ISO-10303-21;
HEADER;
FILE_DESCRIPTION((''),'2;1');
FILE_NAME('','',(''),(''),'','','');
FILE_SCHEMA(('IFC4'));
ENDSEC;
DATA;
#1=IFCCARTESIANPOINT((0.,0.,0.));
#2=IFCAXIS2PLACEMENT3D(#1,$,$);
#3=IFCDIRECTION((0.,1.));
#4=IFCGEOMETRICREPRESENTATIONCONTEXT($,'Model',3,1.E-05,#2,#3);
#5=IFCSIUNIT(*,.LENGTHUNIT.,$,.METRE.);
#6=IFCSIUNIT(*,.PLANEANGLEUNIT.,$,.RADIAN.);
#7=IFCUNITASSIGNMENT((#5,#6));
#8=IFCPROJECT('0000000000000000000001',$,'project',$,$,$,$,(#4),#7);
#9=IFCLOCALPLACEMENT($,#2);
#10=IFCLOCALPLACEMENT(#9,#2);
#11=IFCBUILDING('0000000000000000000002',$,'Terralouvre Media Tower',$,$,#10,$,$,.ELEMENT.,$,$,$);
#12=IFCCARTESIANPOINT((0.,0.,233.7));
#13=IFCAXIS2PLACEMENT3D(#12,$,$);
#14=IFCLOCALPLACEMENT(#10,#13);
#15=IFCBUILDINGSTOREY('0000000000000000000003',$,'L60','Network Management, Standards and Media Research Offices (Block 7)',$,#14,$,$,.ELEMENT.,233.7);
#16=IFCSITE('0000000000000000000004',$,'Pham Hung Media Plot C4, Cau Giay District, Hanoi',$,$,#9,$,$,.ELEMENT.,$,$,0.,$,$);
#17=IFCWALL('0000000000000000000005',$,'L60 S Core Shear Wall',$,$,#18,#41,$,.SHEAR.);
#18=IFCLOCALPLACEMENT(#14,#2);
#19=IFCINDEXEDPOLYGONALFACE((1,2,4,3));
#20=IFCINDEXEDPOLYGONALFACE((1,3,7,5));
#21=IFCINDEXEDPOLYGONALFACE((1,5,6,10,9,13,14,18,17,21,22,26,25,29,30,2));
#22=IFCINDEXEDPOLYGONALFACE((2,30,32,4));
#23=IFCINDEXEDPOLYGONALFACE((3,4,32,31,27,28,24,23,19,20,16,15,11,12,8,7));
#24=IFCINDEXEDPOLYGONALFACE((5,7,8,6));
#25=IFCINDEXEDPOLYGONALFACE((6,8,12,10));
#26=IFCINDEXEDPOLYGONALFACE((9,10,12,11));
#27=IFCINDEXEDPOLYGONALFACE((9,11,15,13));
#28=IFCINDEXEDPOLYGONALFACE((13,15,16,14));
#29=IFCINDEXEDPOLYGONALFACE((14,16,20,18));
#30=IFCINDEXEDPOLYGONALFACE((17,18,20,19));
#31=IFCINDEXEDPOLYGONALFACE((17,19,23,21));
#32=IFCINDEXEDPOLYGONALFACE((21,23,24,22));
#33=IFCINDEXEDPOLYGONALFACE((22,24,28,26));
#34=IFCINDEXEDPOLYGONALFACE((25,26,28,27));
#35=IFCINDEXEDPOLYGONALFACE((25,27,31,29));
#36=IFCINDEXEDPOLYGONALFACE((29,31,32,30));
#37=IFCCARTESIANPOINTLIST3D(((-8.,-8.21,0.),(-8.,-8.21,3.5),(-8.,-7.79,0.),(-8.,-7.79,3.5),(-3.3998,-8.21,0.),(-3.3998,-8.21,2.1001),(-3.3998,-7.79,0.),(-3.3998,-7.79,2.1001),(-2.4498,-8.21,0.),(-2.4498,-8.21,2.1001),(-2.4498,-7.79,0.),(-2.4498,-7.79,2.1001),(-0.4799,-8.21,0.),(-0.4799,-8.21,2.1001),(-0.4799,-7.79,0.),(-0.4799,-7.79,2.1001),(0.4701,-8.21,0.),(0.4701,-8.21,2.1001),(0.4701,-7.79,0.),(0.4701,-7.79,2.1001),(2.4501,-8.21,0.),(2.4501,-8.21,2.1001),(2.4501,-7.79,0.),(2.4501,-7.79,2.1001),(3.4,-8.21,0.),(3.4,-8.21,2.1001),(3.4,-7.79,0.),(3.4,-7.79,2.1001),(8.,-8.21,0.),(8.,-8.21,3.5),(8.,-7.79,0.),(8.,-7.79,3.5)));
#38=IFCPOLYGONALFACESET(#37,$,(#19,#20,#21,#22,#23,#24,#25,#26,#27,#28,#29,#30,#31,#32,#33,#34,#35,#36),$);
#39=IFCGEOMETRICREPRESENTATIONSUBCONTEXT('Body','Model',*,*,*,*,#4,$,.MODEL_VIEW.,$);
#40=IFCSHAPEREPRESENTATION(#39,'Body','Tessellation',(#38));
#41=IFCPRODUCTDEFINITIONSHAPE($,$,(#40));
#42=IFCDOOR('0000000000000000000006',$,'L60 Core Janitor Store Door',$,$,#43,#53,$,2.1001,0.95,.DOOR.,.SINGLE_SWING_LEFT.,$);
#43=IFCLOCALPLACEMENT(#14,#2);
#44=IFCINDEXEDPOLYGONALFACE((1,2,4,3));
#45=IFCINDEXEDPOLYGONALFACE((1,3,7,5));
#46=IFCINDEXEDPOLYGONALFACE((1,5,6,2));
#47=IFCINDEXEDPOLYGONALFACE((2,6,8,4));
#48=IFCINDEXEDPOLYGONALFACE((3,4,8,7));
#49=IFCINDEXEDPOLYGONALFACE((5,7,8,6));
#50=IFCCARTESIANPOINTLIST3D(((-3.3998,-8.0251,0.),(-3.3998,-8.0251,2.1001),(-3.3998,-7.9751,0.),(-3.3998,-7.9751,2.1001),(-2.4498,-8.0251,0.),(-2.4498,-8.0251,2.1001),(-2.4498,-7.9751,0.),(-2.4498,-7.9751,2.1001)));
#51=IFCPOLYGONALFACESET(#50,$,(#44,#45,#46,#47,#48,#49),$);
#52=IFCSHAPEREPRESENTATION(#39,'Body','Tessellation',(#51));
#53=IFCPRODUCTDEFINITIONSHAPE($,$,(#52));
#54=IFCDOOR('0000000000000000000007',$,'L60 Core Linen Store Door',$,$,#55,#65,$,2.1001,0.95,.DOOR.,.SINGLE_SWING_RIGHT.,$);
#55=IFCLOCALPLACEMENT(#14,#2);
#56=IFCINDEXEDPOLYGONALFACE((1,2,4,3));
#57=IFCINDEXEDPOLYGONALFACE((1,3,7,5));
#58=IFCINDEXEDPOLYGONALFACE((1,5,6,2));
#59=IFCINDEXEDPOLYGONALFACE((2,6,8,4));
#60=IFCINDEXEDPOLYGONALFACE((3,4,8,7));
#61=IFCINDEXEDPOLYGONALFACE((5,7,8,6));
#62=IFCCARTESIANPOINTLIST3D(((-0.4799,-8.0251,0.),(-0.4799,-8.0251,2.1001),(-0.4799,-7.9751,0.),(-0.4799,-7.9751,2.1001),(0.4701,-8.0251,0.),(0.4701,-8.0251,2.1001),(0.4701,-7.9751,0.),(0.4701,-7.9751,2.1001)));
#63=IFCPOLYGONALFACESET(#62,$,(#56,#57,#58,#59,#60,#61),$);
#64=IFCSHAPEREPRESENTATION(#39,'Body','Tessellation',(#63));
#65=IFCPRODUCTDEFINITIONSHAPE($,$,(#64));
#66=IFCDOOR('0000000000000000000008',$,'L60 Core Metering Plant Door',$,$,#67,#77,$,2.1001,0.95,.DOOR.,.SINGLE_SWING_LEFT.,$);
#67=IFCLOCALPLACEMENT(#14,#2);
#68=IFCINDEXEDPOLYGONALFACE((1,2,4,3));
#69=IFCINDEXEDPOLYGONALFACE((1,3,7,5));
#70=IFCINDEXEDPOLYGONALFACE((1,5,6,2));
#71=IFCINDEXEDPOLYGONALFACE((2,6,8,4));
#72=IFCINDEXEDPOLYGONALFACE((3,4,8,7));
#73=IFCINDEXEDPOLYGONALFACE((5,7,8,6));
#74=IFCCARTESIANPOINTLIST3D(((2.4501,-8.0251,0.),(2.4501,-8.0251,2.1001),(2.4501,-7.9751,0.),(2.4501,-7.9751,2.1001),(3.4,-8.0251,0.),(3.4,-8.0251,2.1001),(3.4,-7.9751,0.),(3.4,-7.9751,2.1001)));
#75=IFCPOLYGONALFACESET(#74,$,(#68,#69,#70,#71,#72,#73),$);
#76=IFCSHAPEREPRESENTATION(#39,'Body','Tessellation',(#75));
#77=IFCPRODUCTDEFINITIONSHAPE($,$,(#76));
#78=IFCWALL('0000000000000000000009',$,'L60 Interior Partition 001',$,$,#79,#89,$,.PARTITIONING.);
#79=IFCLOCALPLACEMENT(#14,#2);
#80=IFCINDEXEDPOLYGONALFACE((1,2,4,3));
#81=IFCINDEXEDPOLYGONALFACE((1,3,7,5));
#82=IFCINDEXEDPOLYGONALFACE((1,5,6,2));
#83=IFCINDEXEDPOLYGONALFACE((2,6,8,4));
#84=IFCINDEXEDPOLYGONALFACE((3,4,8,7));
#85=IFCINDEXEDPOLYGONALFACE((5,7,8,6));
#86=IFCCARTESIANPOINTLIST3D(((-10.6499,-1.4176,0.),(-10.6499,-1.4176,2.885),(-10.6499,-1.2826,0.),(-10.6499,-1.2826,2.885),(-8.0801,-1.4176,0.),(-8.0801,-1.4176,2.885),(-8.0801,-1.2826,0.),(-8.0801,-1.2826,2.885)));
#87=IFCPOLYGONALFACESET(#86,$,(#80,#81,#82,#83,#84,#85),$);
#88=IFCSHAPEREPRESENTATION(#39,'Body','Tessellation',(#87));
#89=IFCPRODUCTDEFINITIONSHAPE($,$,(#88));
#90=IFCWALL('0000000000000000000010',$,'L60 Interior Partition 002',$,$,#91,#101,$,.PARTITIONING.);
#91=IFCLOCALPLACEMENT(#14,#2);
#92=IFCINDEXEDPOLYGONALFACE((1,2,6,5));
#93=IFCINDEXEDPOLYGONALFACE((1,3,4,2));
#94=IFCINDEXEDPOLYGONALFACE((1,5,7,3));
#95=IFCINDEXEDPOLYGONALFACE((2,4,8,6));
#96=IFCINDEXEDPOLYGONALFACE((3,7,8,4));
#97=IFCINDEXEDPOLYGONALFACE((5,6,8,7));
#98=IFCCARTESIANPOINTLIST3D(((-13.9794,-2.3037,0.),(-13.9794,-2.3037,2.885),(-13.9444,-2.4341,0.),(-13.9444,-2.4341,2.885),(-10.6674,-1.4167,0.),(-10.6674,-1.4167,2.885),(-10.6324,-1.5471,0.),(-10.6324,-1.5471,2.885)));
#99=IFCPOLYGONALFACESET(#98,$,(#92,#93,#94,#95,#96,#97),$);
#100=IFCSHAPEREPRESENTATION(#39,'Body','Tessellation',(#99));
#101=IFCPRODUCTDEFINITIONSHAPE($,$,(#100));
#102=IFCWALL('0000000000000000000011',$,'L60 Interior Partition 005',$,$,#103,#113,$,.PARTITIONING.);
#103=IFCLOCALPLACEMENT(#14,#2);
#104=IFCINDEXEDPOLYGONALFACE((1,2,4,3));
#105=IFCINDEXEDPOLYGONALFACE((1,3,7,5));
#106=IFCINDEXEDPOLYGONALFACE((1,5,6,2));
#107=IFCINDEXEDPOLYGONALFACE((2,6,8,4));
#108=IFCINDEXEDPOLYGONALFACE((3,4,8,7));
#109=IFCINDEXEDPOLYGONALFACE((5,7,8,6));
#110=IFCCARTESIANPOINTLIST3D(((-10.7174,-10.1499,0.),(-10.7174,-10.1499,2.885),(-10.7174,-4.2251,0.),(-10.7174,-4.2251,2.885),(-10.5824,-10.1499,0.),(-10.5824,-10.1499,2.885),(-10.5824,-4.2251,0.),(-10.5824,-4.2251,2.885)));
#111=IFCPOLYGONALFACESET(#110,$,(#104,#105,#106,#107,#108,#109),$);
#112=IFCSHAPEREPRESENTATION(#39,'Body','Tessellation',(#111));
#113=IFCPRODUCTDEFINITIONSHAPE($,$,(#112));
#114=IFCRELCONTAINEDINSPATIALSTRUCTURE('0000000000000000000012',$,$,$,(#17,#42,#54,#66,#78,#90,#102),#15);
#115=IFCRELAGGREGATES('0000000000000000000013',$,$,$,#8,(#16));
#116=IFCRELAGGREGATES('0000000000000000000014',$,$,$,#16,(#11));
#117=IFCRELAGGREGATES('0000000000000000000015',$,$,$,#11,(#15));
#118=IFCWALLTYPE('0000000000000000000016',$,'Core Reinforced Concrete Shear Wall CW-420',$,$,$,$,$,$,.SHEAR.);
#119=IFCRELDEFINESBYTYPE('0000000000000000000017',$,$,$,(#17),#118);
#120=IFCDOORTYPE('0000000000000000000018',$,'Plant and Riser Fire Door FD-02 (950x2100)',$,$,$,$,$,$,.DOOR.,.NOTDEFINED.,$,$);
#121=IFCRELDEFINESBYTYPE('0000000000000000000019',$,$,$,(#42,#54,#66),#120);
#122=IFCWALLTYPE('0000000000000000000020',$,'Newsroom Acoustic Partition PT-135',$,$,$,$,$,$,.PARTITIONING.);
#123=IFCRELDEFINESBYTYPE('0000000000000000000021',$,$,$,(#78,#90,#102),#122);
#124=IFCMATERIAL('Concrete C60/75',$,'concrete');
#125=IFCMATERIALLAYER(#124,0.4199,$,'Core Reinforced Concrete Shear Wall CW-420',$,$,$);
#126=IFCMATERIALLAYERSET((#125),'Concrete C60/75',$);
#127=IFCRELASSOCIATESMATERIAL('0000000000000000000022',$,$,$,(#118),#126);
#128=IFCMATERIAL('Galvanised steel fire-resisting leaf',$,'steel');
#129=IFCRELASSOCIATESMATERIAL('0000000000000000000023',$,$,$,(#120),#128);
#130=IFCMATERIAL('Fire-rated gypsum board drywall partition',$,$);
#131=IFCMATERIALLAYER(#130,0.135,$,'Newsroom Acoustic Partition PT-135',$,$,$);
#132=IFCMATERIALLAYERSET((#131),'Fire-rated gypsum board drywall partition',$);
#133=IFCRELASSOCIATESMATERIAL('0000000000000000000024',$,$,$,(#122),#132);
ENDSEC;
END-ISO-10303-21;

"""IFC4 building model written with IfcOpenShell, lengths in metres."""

from ifc_helpers import new_model, si_unit, direction, frame, frame_2d, origin, place, context, subcontext, project, spatial, rectangle, extrude, material, layer, layer_set, type_object, element, fill, save


model = new_model("IFC4")

# Units and contexts
model_context = context("Model", 3, precision=1e-05, world=origin(), true_north=direction((0.0, 1.0)))
body_context = subcontext(model_context, "Body", "Model", "MODEL_VIEW")
ifc_project = project(units=[si_unit("LENGTHUNIT", "METRE"), si_unit("PLANEANGLEUNIT", "RADIAN")], contexts=[model_context])

# Site, building, storey
site_placement = place(None, origin())
site = spatial("IfcSite", under=ifc_project, at=site_placement, Name="Pham Hung Media Plot C4, Cau Giay District, Hanoi", CompositionType="ELEMENT", RefElevation=0.0)
building_placement = place(site_placement, origin())
building = spatial("IfcBuilding", under=site, at=building_placement, Name="Terralouvre Media Tower", CompositionType="ELEMENT")
storey_placement = place(building_placement, frame((0.0, 0.0, 233.7)))
storey = spatial("IfcBuildingStorey", under=building, at=storey_placement, Name="L60", Description="Network Management, Standards and Media Research Offices (Block 7)", CompositionType="ELEMENT", Elevation=233.7)

# Wall, openings, doors
ifc_material_1 = material(Name="Concrete C60/75", Category="concrete")
ifc_layer_1 = layer(ifc_material_1, 0.4199, Name="Core Reinforced Concrete Shear Wall CW-420")
ifc_layer_set_1 = layer_set([ifc_layer_1], Name="Concrete C60/75")
wall_type_1 = type_object("IfcWallType", Name="Core Reinforced Concrete Shear Wall CW-420", PredefinedType="SHEAR", material=ifc_layer_set_1)
wall_1_placement = place(storey_placement, frame((-8.0, -8.0, 0.0), z_axis=(0.0, 0.0, 1.0), x_axis=(1.0, 0.0, 0.0)))
wall_1 = element("IfcWall", 1, at=wall_1_placement, inside=storey, type_object=wall_type_1, Name="L60 S Core Shear Wall", PredefinedType="SHEAR", context=body_context, shape_type="SweptSolid", body=[
    extrude(rectangle(XDim=16.0, YDim=0.4199, at=frame_2d((8.0, 0.0))), origin(), (0.0, 0.0, 1.0), 3.5),
])
opening_1_placement = place(wall_1_placement, frame((4.6001, 0.0, 0.0)))
opening_1 = element("IfcOpeningElement", 2, at=opening_1_placement, cuts=wall_1, PredefinedType="OPENING", context=body_context, shape_type="SweptSolid", body=[
    extrude(rectangle(XDim=0.95, YDim=2.1001, at=frame_2d((0.4751, 1.05))), frame((0.0, 0.22, 0.0), z_axis=(0.0, -1.0, 0.0), x_axis=(1.0, 0.0, 0.0)), (0.0, 0.0, 1.0), 0.4399),
])
opening_2_placement = place(wall_1_placement, frame((7.52, 0.0, 0.0)))
opening_2 = element("IfcOpeningElement", 3, at=opening_2_placement, cuts=wall_1, PredefinedType="OPENING", context=body_context, shape_type="SweptSolid", body=[
    extrude(rectangle(XDim=0.95, YDim=2.1001, at=frame_2d((0.4751, 1.05))), frame((0.0, 0.22, 0.0), z_axis=(0.0, -1.0, 0.0), x_axis=(1.0, 0.0, 0.0)), (0.0, 0.0, 1.0), 0.4399),
])
opening_3_placement = place(wall_1_placement, frame((10.45, 0.0, 0.0)))
opening_3 = element("IfcOpeningElement", 4, at=opening_3_placement, cuts=wall_1, PredefinedType="OPENING", context=body_context, shape_type="SweptSolid", body=[
    extrude(rectangle(XDim=0.95, YDim=2.1001, at=frame_2d((0.4751, 1.05))), frame((0.0, 0.22, 0.0), z_axis=(0.0, -1.0, 0.0), x_axis=(1.0, 0.0, 0.0)), (0.0, 0.0, 1.0), 0.4399),
])
ifc_material_2 = material(Name="Galvanised steel fire-resisting leaf", Category="steel")
door_type_1 = type_object("IfcDoorType", Name="Plant and Riser Fire Door FD-02 (950x2100)", OperationType="NOTDEFINED", PredefinedType="DOOR", material=ifc_material_2)
door_1_placement = place(opening_1_placement, origin())
door_1 = element("IfcDoor", 5, at=door_1_placement, inside=storey, type_object=door_type_1, Name="L60 Core Janitor Store Door", OperationType="SINGLE_SWING_LEFT", OverallHeight=2.1001, OverallWidth=0.95, PredefinedType="DOOR", context=body_context, shape_type="SweptSolid", body=[
    extrude(rectangle(XDim=0.95, YDim=2.1001, at=frame_2d((0.4751, 1.05))), frame((0.0, 0.0249, 0.0), z_axis=(0.0, -1.0, 0.0), x_axis=(1.0, 0.0, 0.0)), (0.0, 0.0, 1.0), 0.05),
])
fill(opening_1, door_1)
door_2_placement = place(opening_2_placement, origin())
door_2 = element("IfcDoor", 6, at=door_2_placement, inside=storey, type_object=door_type_1, Name="L60 Core Linen Store Door", OperationType="SINGLE_SWING_RIGHT", OverallHeight=2.1001, OverallWidth=0.95, PredefinedType="DOOR", context=body_context, shape_type="SweptSolid", body=[
    extrude(rectangle(XDim=0.95, YDim=2.1001, at=frame_2d((0.4751, 1.05))), frame((0.0, 0.0249, 0.0), z_axis=(0.0, -1.0, 0.0), x_axis=(1.0, 0.0, 0.0)), (0.0, 0.0, 1.0), 0.05),
])
fill(opening_2, door_2)
door_3_placement = place(opening_3_placement, origin())
door_3 = element("IfcDoor", 7, at=door_3_placement, inside=storey, type_object=door_type_1, Name="L60 Core Metering Plant Door", OperationType="SINGLE_SWING_LEFT", OverallHeight=2.1001, OverallWidth=0.95, PredefinedType="DOOR", context=body_context, shape_type="SweptSolid", body=[
    extrude(rectangle(XDim=0.95, YDim=2.1001, at=frame_2d((0.4751, 1.05))), frame((0.0, 0.0249, 0.0), z_axis=(0.0, -1.0, 0.0), x_axis=(1.0, 0.0, 0.0)), (0.0, 0.0, 1.0), 0.05),
])
fill(opening_3, door_3)

# Walls
ifc_material_3 = material(Name="Fire-rated gypsum board drywall partition")
ifc_layer_2 = layer(ifc_material_3, 0.135, Name="Newsroom Acoustic Partition PT-135")
ifc_layer_set_2 = layer_set([ifc_layer_2], Name="Fire-rated gypsum board drywall partition")
wall_type_2 = type_object("IfcWallType", Name="Newsroom Acoustic Partition PT-135", PredefinedType="PARTITIONING", material=ifc_layer_set_2)
wall_2_placement = place(storey_placement, frame((-8.0801, -1.3501, 0.0), z_axis=(0.0, 0.0, 1.0), x_axis=(-1.0, 0.0, 0.0)))
element("IfcWall", 8, at=wall_2_placement, inside=storey, type_object=wall_type_2, Name="L60 Interior Partition 001", PredefinedType="PARTITIONING", context=body_context, shape_type="SweptSolid", body=[
    extrude(rectangle(XDim=2.5698, YDim=0.135, at=frame_2d((1.2849, 0.0))), origin(), (0.0, 0.0, 1.0), 2.885),
])
wall_3_placement = place(storey_placement, frame((-10.6499, -1.4819, 0.0), z_axis=(0.0, 0.0, 1.0), x_axis=(-0.965961, -0.258686, 0.0)))
element("IfcWall", 9, at=wall_3_placement, inside=storey, type_object=wall_type_2, Name="L60 Interior Partition 002", PredefinedType="PARTITIONING", context=body_context, shape_type="SweptSolid", body=[
    extrude(rectangle(XDim=3.4287, YDim=0.135, at=frame_2d((1.7144, 0.0))), origin(), (0.0, 0.0, 1.0), 2.885),
])
wall_4_placement = place(storey_placement, frame((-10.6499, -4.2251, 0.0), z_axis=(0.0, 0.0, 1.0), x_axis=(0.0, -1.0, 0.0)))
element("IfcWall", 10, at=wall_4_placement, inside=storey, type_object=wall_type_2, Name="L60 Interior Partition 005", PredefinedType="PARTITIONING", context=body_context, shape_type="SweptSolid", body=[
    extrude(rectangle(XDim=5.9248, YDim=0.135, at=frame_2d((2.9624, 0.0))), origin(), (0.0, 0.0, 1.0), 2.885),
])

save(model, "model.ifc")
